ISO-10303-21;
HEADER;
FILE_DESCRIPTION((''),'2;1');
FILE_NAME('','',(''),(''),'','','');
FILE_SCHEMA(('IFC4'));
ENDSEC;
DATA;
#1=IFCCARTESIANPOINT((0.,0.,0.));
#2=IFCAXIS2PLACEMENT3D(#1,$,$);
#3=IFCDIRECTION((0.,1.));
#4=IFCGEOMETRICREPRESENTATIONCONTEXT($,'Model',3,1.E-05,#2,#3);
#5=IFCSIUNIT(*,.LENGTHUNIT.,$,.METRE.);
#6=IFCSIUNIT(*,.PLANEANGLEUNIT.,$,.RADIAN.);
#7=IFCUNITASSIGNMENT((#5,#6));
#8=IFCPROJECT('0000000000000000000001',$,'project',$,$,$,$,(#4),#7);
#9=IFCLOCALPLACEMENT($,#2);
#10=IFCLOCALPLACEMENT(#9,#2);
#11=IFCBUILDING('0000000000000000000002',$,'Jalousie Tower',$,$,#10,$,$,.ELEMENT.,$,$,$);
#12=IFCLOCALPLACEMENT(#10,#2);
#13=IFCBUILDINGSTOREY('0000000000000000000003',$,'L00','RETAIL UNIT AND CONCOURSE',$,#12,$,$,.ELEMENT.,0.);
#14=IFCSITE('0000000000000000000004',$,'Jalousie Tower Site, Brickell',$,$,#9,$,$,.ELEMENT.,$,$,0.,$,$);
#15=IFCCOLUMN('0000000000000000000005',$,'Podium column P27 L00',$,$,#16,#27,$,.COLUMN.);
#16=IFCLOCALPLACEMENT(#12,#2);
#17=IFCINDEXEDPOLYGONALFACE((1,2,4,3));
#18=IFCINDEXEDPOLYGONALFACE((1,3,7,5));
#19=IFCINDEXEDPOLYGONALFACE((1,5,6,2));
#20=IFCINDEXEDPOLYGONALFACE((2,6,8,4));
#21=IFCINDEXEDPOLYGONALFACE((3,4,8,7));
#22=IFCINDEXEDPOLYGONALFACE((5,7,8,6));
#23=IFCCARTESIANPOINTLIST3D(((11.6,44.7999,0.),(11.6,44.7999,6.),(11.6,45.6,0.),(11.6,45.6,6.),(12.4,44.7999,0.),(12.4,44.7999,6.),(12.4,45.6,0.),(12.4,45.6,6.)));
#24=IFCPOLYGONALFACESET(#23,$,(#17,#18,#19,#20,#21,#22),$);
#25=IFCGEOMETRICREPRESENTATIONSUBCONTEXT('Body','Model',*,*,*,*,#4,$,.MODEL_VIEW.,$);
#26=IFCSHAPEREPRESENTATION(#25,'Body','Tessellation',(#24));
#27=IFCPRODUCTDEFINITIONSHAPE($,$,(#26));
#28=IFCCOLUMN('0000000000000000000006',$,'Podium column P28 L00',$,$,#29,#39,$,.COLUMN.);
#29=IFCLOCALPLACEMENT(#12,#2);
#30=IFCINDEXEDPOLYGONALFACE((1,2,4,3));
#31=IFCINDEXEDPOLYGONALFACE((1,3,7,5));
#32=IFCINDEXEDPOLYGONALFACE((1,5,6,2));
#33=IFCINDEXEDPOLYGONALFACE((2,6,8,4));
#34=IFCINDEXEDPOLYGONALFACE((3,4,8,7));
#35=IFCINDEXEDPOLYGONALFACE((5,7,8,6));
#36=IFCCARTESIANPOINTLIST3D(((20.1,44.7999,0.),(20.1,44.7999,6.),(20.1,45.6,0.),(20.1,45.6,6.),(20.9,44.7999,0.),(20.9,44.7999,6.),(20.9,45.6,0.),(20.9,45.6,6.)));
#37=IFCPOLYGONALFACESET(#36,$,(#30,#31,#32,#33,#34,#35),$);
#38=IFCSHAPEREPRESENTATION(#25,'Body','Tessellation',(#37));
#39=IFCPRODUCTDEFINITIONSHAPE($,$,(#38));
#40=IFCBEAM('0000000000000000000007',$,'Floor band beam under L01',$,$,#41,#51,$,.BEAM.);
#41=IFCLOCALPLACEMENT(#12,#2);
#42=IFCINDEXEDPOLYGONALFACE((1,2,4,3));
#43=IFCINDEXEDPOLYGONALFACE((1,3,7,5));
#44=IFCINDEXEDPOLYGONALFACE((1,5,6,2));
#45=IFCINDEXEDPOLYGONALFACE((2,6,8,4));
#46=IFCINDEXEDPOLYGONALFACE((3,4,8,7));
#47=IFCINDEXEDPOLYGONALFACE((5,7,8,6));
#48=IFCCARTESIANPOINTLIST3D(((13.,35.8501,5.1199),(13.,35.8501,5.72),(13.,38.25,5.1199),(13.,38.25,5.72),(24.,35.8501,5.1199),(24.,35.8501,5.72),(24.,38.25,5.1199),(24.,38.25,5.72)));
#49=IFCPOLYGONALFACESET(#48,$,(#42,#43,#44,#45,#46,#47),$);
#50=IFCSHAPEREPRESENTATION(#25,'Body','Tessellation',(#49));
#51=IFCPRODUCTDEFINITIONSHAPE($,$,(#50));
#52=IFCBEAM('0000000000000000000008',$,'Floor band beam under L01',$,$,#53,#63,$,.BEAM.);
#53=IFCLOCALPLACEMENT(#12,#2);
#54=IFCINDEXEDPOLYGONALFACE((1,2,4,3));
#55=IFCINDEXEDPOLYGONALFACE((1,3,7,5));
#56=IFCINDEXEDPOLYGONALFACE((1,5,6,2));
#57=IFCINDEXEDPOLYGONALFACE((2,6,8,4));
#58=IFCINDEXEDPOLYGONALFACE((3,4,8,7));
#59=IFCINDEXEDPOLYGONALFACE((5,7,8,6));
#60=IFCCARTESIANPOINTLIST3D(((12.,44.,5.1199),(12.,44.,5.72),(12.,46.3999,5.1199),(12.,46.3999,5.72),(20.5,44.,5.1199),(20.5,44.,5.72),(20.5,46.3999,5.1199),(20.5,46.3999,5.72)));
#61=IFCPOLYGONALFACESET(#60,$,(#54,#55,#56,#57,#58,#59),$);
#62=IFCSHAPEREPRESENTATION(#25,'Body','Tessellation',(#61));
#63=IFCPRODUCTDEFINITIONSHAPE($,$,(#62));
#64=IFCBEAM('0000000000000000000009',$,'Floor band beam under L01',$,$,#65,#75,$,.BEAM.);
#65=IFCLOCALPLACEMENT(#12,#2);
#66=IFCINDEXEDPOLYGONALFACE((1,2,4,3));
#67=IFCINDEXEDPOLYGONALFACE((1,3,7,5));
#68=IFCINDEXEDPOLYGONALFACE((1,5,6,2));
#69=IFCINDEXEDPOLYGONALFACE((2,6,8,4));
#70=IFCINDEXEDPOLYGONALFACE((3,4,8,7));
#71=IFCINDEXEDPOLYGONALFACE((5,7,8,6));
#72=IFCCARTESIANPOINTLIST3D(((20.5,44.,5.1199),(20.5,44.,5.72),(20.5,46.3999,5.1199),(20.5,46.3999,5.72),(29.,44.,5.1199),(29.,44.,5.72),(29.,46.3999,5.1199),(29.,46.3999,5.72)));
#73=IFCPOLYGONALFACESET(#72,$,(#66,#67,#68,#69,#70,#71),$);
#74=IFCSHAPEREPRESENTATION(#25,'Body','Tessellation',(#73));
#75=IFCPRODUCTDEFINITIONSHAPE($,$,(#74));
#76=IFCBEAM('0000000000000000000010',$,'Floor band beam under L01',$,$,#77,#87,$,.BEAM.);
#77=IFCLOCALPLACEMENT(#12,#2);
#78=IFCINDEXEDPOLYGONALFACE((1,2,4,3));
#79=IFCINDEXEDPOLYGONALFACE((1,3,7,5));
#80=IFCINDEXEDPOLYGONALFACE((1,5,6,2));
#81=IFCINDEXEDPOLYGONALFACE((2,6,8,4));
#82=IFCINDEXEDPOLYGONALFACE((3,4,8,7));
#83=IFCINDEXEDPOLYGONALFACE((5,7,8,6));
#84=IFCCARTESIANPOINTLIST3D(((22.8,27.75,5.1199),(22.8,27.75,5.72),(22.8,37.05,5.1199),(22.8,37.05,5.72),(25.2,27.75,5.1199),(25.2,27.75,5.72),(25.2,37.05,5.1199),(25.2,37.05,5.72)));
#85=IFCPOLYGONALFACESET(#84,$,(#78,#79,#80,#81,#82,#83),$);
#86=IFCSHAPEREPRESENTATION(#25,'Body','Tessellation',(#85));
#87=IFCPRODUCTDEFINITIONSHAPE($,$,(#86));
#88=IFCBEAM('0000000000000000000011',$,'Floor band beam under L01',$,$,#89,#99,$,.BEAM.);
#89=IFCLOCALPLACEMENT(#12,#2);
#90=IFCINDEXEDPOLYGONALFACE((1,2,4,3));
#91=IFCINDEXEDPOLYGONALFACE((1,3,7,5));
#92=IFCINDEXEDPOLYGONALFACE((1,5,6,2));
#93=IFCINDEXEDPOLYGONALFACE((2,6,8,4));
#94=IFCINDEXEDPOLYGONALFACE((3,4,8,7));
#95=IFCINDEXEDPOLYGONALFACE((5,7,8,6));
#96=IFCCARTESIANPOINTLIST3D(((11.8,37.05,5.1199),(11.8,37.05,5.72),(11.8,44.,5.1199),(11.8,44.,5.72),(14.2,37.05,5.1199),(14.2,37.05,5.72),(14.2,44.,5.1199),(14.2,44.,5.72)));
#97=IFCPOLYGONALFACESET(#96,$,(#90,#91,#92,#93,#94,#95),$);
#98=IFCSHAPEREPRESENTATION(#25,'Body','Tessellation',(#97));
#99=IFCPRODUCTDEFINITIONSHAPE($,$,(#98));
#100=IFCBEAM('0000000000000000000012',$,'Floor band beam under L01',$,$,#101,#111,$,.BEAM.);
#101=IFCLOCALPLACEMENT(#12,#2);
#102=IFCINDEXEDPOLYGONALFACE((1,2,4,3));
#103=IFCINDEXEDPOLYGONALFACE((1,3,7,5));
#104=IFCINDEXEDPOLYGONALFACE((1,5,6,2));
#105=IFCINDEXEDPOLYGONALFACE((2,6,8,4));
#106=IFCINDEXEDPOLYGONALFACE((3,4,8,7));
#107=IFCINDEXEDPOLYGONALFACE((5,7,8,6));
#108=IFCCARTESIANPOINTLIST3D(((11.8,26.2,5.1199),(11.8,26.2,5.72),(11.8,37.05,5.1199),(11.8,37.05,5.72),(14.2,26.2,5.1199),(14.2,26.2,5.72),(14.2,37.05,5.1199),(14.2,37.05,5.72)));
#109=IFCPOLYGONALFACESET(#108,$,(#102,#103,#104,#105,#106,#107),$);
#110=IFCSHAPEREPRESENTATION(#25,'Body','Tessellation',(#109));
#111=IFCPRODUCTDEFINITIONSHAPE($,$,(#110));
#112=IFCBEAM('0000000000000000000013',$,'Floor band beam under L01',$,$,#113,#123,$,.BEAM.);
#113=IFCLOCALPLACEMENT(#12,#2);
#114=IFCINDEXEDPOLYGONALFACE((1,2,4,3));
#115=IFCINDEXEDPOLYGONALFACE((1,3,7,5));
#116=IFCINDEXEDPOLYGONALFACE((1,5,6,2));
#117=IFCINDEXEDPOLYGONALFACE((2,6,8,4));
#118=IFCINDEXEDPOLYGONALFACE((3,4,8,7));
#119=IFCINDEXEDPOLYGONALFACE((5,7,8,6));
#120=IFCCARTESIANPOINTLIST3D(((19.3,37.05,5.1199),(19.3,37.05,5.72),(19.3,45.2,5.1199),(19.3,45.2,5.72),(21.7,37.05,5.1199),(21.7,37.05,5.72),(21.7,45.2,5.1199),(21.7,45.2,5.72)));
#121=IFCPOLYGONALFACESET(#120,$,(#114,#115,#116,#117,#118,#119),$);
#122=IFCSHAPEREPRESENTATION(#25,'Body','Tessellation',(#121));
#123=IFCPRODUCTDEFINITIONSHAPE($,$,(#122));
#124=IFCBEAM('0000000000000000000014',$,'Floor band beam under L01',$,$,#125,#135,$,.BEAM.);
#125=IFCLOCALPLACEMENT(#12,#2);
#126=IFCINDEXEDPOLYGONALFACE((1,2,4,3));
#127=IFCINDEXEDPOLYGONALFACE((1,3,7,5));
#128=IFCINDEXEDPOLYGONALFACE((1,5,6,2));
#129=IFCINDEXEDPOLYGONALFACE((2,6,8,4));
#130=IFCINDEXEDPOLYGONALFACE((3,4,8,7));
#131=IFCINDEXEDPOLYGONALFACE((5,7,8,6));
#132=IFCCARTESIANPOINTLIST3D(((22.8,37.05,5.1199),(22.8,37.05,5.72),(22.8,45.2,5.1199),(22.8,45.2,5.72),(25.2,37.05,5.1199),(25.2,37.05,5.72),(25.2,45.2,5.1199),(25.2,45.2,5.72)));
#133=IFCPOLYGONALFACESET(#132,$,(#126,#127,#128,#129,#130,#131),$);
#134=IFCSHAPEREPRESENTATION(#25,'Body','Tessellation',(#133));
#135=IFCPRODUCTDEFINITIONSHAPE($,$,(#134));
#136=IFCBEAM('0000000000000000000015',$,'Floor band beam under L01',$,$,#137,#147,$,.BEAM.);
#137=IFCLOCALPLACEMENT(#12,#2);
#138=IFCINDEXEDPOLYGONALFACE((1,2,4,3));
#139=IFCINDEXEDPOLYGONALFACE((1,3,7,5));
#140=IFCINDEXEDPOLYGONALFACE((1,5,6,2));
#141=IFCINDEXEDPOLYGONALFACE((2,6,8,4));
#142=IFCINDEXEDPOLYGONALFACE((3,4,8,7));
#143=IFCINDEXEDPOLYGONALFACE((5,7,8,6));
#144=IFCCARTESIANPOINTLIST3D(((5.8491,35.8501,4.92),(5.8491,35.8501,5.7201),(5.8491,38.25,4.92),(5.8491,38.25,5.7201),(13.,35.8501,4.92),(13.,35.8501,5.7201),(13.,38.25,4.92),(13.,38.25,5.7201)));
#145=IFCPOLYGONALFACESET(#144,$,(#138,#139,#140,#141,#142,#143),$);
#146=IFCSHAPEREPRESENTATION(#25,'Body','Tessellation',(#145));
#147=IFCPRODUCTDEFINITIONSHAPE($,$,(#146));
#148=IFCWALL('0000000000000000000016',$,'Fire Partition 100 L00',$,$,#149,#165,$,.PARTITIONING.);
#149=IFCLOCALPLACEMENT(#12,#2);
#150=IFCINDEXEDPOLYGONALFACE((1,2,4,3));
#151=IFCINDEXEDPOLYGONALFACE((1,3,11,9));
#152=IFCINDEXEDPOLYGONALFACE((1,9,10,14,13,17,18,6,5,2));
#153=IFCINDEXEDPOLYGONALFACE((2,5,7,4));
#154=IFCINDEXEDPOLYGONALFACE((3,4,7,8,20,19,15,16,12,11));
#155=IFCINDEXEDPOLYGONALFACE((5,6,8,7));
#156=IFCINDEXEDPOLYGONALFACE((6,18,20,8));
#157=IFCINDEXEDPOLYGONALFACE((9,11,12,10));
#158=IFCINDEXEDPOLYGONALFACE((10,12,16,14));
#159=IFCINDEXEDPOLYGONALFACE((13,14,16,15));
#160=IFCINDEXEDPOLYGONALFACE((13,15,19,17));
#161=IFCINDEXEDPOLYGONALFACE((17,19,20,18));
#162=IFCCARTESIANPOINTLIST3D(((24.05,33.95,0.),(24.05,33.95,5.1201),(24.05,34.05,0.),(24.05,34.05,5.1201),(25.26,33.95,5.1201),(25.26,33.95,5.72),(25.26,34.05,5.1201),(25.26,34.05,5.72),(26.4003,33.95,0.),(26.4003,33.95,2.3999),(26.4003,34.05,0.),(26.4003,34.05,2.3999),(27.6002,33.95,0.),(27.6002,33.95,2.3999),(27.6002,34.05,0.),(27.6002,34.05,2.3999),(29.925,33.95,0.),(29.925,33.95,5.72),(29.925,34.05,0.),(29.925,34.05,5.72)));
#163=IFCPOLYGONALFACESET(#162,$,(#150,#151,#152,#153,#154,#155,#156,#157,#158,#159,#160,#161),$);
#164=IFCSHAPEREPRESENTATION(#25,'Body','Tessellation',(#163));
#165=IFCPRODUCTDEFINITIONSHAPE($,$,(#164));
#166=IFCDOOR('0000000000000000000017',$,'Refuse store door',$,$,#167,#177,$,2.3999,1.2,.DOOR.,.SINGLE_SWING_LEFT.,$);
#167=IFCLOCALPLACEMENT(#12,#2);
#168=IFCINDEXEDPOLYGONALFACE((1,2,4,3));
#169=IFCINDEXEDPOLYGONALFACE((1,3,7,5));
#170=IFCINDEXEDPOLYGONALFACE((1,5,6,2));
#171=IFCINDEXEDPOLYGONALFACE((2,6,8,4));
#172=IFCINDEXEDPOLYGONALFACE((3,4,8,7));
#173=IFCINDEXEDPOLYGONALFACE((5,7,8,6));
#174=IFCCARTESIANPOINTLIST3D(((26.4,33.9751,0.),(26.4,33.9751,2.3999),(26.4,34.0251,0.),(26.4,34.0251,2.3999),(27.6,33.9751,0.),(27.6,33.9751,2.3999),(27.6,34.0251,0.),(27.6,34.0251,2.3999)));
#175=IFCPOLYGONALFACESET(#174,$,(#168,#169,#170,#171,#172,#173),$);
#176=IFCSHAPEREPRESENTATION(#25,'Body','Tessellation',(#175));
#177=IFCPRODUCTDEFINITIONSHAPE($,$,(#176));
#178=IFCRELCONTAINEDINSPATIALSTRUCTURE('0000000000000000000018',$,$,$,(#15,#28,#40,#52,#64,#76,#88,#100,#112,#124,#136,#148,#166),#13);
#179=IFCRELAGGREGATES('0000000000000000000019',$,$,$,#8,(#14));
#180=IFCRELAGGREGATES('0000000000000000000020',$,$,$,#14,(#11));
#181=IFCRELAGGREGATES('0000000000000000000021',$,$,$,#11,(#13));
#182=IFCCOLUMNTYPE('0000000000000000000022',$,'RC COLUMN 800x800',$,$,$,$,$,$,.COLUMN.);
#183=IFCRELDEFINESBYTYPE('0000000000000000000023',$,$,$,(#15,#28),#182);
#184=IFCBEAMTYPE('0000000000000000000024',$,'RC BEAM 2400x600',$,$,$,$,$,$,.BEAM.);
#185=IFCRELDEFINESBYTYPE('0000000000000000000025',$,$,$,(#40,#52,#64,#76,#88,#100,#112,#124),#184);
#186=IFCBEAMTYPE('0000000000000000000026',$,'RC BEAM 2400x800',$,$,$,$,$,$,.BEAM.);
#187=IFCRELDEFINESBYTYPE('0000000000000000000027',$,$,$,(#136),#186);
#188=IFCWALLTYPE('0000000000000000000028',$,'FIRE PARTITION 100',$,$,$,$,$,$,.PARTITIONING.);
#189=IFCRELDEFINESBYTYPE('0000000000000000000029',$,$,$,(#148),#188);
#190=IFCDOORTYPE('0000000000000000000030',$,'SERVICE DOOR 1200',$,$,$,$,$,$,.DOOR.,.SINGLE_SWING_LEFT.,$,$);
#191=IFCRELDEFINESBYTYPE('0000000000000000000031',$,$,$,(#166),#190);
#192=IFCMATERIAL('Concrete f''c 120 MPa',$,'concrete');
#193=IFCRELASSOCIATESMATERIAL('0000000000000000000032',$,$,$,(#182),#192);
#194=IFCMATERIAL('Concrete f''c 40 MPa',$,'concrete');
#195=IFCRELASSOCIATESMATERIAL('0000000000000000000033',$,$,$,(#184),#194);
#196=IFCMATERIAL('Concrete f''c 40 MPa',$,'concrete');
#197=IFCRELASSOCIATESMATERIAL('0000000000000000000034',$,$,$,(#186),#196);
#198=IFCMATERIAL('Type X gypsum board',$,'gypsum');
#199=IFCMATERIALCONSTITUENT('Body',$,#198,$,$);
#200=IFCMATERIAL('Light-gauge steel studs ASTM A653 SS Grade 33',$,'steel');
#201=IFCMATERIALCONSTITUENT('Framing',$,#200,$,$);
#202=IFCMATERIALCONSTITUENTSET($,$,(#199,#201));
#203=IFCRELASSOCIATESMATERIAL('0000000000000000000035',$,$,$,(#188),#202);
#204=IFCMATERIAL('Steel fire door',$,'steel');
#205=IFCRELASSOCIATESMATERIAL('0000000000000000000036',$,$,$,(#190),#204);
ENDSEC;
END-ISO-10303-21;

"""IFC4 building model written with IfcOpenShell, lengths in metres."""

from ifc_helpers import new_model, si_unit, direction, frame, frame_2d, origin, origin_2d, place, context, subcontext, project, spatial, polyline, rectangle, outline, extrude, material, constituent, constituent_set, material_profile, profile_set, type_object, element, fill, save


model = new_model("IFC4")

# Units and contexts
model_context = context("Model", 3, precision=1e-05, world=origin(), true_north=direction((0.0, 1.0)))
body_context = subcontext(model_context, "Body", "Model", "MODEL_VIEW")
ifc_project = project(units=[si_unit("LENGTHUNIT", "METRE"), si_unit("PLANEANGLEUNIT", "RADIAN")], contexts=[model_context])

# Site, building, storey
site_placement = place(None, origin())
site = spatial("IfcSite", under=ifc_project, at=site_placement, Name="Jalousie Tower Site, Brickell", CompositionType="ELEMENT", RefElevation=0.0)
building_placement = place(site_placement, origin())
building = spatial("IfcBuilding", under=site, at=building_placement, Name="Jalousie Tower", CompositionType="ELEMENT")
storey_placement = place(building_placement, origin())
storey = spatial("IfcBuildingStorey", under=building, at=storey_placement, Name="L00", Description="RETAIL UNIT AND CONCOURSE", CompositionType="ELEMENT", Elevation=0.0)

# Columns
ifc_material_1 = material(Name="Concrete f'c 120 MPa", Category="concrete")
ifc_material_profile_1 = material_profile(ifc_material_1, rectangle(XDim=0.8, YDim=0.8, at=origin_2d()), Name="RC 800x800")
ifc_profile_set_1 = profile_set([ifc_material_profile_1], Name="Concrete f'c 120 MPa")
column_type = type_object("IfcColumnType", Name="RC COLUMN 800x800", PredefinedType="COLUMN", material=ifc_profile_set_1)
for number, where, z_axis, x_axis, name in (
    (1, (12.0, 45.2, 0.0), (0.0, 0.0, 1.0), (1.0, 0.0, 0.0), "Podium column P27 L00"),
    (2, (20.5, 45.2, 0.0), (0.0, 0.0, 1.0), (1.0, 0.0, 0.0), "Podium column P28 L00"),
):
    element("IfcColumn", number, at=place(storey_placement, frame(where, z_axis=z_axis, x_axis=x_axis)), inside=storey, type_object=column_type, Name=name, PredefinedType="COLUMN", context=body_context, shape_type="SweptSolid", body=[
        extrude(rectangle(XDim=0.8, YDim=0.8, at=origin_2d()), origin(), (0.0, 0.0, 1.0), 6.0),
    ])

# Beams
ifc_material_2 = material(Name="Concrete f'c 40 MPa", Category="concrete")
ifc_material_profile_2 = material_profile(ifc_material_2, rectangle(XDim=2.3999, YDim=0.6001, at=origin_2d()), Name="RC 2400x600")
ifc_profile_set_2 = profile_set([ifc_material_profile_2], Name="Concrete f'c 40 MPa")
beam_type_1 = type_object("IfcBeamType", Name="RC BEAM 2400x600", PredefinedType="BEAM", material=ifc_profile_set_2)
beam_1_placement = place(storey_placement, frame((24.0, 37.05, 5.4199), z_axis=(-1.0, 0.0, 0.0), x_axis=(0.0, -1.0, 0.0)))
element("IfcBeam", 3, at=beam_1_placement, inside=storey, type_object=beam_type_1, Name="Floor band beam under L01", PredefinedType="BEAM", context=body_context, shape_type="SweptSolid", body=[
    extrude(rectangle(XDim=2.3999, YDim=0.6001, at=origin_2d()), origin(), (0.0, 0.0, 1.0), 11.0),
])
for number, where, z_axis, x_axis, name in (
    (4, (12.0, 45.2, 5.4199), (1.0, 0.0, 0.0), (0.0, 1.0, 0.0), "Floor band beam under L01"),
    (5, (20.5, 45.2, 5.4199), (1.0, 0.0, 0.0), (0.0, 1.0, 0.0), "Floor band beam under L01"),
):
    element("IfcBeam", number, at=place(storey_placement, frame(where, z_axis=z_axis, x_axis=x_axis)), inside=storey, type_object=beam_type_1, Name=name, PredefinedType="BEAM", context=body_context, shape_type="SweptSolid", body=[
        extrude(rectangle(XDim=2.3999, YDim=0.6001, at=origin_2d()), origin(), (0.0, 0.0, 1.0), 8.5),
    ])
beam_2_placement = place(storey_placement, frame((24.0, 37.05, 5.4199), z_axis=(0.0, -1.0, 0.0), x_axis=(1.0, 0.0, 0.0)))
element("IfcBeam", 6, at=beam_2_placement, inside=storey, type_object=beam_type_1, Name="Floor band beam under L01", PredefinedType="BEAM", context=body_context, shape_type="SweptSolid", body=[
    extrude(rectangle(XDim=2.3999, YDim=0.6001, at=origin_2d()), origin(), (0.0, 0.0, 1.0), 9.3),
])
beam_3_placement = place(storey_placement, frame((13.0, 37.05, 5.4199), z_axis=(0.0, 1.0, 0.0), x_axis=(-1.0, 0.0, 0.0)))
element("IfcBeam", 7, at=beam_3_placement, inside=storey, type_object=beam_type_1, Name="Floor band beam under L01", PredefinedType="BEAM", context=body_context, shape_type="SweptSolid", body=[
    extrude(rectangle(XDim=2.3999, YDim=0.6001, at=origin_2d()), origin(), (0.0, 0.0, 1.0), 6.95),
])
beam_4_placement = place(storey_placement, frame((13.0, 37.05, 5.4199), z_axis=(0.0, -1.0, 0.0), x_axis=(1.0, 0.0, 0.0)))
element("IfcBeam", 8, at=beam_4_placement, inside=storey, type_object=beam_type_1, Name="Floor band beam under L01", PredefinedType="BEAM", context=body_context, shape_type="SweptSolid", body=[
    extrude(rectangle(XDim=2.3999, YDim=0.6001, at=origin_2d()), origin(), (0.0, 0.0, 1.0), 10.8501),
])
for number, where, z_axis, x_axis, name in (
    (9, (20.5, 45.2, 5.4199), (0.0, -1.0, 0.0), (1.0, 0.0, 0.0), "Floor band beam under L01"),
    (10, (24.0, 37.05, 5.4199), (0.0, 1.0, 0.0), (-1.0, 0.0, 0.0), "Floor band beam under L01"),
):
    element("IfcBeam", number, at=place(storey_placement, frame(where, z_axis=z_axis, x_axis=x_axis)), inside=storey, type_object=beam_type_1, Name=name, PredefinedType="BEAM", context=body_context, shape_type="SweptSolid", body=[
        extrude(rectangle(XDim=2.3999, YDim=0.6001, at=origin_2d()), origin(), (0.0, 0.0, 1.0), 8.1499),
    ])
ifc_material_3 = material(Name="Concrete f'c 40 MPa", Category="concrete")
ifc_material_profile_3 = material_profile(ifc_material_3, rectangle(XDim=2.3999, YDim=0.8, at=origin_2d()), Name="RC 2400x800")
ifc_profile_set_3 = profile_set([ifc_material_profile_3], Name="Concrete f'c 40 MPa")
beam_type_2 = type_object("IfcBeamType", Name="RC BEAM 2400x800", PredefinedType="BEAM", material=ifc_profile_set_3)
beam_5_placement = place(storey_placement, frame((13.0, 37.05, 5.3201), z_axis=(-1.0, 0.0, 0.0), x_axis=(0.0, -1.0, 0.0)))
element("IfcBeam", 11, at=beam_5_placement, inside=storey, type_object=beam_type_2, Name="Floor band beam under L01", PredefinedType="BEAM", context=body_context, shape_type="SweptSolid", body=[
    extrude(rectangle(XDim=2.3999, YDim=0.8, at=origin_2d()), origin(), (0.0, 0.0, 1.0), 7.1509),
])

# Wall, opening, door
ifc_material_4 = material(Name="Type X gypsum board", Category="gypsum")
ifc_constituent_1 = constituent(ifc_material_4, Name="Body")
ifc_material_5 = material(Name="Light-gauge steel studs ASTM A653 SS Grade 33", Category="steel")
ifc_constituent_2 = constituent(ifc_material_5, Name="Framing")
ifc_constituent_set_1 = constituent_set(constituents=[ifc_constituent_1, ifc_constituent_2])
wall_type_1 = type_object("IfcWallType", Name="FIRE PARTITION 100", PredefinedType="PARTITIONING", material=ifc_constituent_set_1)
wall_1_placement = place(storey_placement, frame((24.05, 34.0, 0.0), z_axis=(0.0, 0.0, 1.0), x_axis=(1.0, 0.0, 0.0)))
wall_1 = element("IfcWall", 12, at=wall_1_placement, inside=storey, type_object=wall_type_1, Name="Fire Partition 100 L00", PredefinedType="PARTITIONING", context=body_context, shape_type="SweptSolid", body=[
    extrude(outline(polyline([(0.0, 0.0), (5.875, 0.0), (5.875, 5.72), (1.21, 5.72), (1.21, 5.1201), (0.0, 5.1201), (0.0, 5.72), (0.0, 0.0)])), frame((0.0, 0.05, 0.0), z_axis=(0.0, -1.0, 0.0), x_axis=(1.0, 0.0, 0.0)), (0.0, 0.0, 1.0), 0.1001),
])
opening_1_placement = place(wall_1_placement, frame((2.3501, 0.0, 0.0)))
opening_1 = element("IfcOpeningElement", 13, at=opening_1_placement, cuts=wall_1, PredefinedType="OPENING", context=body_context, shape_type="SweptSolid", body=[
    extrude(rectangle(XDim=1.2, YDim=2.3999, at=frame_2d((0.6001, 1.2))), frame((0.0, 0.0601, 0.0), z_axis=(0.0, -1.0, 0.0), x_axis=(1.0, 0.0, 0.0)), (0.0, 0.0, 1.0), 0.1201),
])
ifc_material_6 = material(Name="Steel fire door", Category="steel")
door_type_1 = type_object("IfcDoorType", Name="SERVICE DOOR 1200", OperationType="SINGLE_SWING_LEFT", PredefinedType="DOOR", material=ifc_material_6)
door_1_placement = place(opening_1_placement, frame((1.2, 0.0, 0.0), z_axis=(0.0, 0.0, 1.0), x_axis=(-1.0, 0.0, 0.0)))
door_1 = element("IfcDoor", 14, at=door_1_placement, inside=storey, type_object=door_type_1, Name="Refuse store door", OperationType="SINGLE_SWING_LEFT", OverallHeight=2.3999, OverallWidth=1.2, PredefinedType="DOOR", context=body_context, shape_type="SweptSolid", body=[
    extrude(rectangle(XDim=1.2, YDim=2.3999, at=frame_2d((0.6001, 1.2))), frame((0.0, 0.0249, 0.0), z_axis=(0.0, -1.0, 0.0), x_axis=(1.0, 0.0, 0.0)), (0.0, 0.0, 1.0), 0.05),
])
fill(opening_1, door_1)

save(model, "model.ifc")
